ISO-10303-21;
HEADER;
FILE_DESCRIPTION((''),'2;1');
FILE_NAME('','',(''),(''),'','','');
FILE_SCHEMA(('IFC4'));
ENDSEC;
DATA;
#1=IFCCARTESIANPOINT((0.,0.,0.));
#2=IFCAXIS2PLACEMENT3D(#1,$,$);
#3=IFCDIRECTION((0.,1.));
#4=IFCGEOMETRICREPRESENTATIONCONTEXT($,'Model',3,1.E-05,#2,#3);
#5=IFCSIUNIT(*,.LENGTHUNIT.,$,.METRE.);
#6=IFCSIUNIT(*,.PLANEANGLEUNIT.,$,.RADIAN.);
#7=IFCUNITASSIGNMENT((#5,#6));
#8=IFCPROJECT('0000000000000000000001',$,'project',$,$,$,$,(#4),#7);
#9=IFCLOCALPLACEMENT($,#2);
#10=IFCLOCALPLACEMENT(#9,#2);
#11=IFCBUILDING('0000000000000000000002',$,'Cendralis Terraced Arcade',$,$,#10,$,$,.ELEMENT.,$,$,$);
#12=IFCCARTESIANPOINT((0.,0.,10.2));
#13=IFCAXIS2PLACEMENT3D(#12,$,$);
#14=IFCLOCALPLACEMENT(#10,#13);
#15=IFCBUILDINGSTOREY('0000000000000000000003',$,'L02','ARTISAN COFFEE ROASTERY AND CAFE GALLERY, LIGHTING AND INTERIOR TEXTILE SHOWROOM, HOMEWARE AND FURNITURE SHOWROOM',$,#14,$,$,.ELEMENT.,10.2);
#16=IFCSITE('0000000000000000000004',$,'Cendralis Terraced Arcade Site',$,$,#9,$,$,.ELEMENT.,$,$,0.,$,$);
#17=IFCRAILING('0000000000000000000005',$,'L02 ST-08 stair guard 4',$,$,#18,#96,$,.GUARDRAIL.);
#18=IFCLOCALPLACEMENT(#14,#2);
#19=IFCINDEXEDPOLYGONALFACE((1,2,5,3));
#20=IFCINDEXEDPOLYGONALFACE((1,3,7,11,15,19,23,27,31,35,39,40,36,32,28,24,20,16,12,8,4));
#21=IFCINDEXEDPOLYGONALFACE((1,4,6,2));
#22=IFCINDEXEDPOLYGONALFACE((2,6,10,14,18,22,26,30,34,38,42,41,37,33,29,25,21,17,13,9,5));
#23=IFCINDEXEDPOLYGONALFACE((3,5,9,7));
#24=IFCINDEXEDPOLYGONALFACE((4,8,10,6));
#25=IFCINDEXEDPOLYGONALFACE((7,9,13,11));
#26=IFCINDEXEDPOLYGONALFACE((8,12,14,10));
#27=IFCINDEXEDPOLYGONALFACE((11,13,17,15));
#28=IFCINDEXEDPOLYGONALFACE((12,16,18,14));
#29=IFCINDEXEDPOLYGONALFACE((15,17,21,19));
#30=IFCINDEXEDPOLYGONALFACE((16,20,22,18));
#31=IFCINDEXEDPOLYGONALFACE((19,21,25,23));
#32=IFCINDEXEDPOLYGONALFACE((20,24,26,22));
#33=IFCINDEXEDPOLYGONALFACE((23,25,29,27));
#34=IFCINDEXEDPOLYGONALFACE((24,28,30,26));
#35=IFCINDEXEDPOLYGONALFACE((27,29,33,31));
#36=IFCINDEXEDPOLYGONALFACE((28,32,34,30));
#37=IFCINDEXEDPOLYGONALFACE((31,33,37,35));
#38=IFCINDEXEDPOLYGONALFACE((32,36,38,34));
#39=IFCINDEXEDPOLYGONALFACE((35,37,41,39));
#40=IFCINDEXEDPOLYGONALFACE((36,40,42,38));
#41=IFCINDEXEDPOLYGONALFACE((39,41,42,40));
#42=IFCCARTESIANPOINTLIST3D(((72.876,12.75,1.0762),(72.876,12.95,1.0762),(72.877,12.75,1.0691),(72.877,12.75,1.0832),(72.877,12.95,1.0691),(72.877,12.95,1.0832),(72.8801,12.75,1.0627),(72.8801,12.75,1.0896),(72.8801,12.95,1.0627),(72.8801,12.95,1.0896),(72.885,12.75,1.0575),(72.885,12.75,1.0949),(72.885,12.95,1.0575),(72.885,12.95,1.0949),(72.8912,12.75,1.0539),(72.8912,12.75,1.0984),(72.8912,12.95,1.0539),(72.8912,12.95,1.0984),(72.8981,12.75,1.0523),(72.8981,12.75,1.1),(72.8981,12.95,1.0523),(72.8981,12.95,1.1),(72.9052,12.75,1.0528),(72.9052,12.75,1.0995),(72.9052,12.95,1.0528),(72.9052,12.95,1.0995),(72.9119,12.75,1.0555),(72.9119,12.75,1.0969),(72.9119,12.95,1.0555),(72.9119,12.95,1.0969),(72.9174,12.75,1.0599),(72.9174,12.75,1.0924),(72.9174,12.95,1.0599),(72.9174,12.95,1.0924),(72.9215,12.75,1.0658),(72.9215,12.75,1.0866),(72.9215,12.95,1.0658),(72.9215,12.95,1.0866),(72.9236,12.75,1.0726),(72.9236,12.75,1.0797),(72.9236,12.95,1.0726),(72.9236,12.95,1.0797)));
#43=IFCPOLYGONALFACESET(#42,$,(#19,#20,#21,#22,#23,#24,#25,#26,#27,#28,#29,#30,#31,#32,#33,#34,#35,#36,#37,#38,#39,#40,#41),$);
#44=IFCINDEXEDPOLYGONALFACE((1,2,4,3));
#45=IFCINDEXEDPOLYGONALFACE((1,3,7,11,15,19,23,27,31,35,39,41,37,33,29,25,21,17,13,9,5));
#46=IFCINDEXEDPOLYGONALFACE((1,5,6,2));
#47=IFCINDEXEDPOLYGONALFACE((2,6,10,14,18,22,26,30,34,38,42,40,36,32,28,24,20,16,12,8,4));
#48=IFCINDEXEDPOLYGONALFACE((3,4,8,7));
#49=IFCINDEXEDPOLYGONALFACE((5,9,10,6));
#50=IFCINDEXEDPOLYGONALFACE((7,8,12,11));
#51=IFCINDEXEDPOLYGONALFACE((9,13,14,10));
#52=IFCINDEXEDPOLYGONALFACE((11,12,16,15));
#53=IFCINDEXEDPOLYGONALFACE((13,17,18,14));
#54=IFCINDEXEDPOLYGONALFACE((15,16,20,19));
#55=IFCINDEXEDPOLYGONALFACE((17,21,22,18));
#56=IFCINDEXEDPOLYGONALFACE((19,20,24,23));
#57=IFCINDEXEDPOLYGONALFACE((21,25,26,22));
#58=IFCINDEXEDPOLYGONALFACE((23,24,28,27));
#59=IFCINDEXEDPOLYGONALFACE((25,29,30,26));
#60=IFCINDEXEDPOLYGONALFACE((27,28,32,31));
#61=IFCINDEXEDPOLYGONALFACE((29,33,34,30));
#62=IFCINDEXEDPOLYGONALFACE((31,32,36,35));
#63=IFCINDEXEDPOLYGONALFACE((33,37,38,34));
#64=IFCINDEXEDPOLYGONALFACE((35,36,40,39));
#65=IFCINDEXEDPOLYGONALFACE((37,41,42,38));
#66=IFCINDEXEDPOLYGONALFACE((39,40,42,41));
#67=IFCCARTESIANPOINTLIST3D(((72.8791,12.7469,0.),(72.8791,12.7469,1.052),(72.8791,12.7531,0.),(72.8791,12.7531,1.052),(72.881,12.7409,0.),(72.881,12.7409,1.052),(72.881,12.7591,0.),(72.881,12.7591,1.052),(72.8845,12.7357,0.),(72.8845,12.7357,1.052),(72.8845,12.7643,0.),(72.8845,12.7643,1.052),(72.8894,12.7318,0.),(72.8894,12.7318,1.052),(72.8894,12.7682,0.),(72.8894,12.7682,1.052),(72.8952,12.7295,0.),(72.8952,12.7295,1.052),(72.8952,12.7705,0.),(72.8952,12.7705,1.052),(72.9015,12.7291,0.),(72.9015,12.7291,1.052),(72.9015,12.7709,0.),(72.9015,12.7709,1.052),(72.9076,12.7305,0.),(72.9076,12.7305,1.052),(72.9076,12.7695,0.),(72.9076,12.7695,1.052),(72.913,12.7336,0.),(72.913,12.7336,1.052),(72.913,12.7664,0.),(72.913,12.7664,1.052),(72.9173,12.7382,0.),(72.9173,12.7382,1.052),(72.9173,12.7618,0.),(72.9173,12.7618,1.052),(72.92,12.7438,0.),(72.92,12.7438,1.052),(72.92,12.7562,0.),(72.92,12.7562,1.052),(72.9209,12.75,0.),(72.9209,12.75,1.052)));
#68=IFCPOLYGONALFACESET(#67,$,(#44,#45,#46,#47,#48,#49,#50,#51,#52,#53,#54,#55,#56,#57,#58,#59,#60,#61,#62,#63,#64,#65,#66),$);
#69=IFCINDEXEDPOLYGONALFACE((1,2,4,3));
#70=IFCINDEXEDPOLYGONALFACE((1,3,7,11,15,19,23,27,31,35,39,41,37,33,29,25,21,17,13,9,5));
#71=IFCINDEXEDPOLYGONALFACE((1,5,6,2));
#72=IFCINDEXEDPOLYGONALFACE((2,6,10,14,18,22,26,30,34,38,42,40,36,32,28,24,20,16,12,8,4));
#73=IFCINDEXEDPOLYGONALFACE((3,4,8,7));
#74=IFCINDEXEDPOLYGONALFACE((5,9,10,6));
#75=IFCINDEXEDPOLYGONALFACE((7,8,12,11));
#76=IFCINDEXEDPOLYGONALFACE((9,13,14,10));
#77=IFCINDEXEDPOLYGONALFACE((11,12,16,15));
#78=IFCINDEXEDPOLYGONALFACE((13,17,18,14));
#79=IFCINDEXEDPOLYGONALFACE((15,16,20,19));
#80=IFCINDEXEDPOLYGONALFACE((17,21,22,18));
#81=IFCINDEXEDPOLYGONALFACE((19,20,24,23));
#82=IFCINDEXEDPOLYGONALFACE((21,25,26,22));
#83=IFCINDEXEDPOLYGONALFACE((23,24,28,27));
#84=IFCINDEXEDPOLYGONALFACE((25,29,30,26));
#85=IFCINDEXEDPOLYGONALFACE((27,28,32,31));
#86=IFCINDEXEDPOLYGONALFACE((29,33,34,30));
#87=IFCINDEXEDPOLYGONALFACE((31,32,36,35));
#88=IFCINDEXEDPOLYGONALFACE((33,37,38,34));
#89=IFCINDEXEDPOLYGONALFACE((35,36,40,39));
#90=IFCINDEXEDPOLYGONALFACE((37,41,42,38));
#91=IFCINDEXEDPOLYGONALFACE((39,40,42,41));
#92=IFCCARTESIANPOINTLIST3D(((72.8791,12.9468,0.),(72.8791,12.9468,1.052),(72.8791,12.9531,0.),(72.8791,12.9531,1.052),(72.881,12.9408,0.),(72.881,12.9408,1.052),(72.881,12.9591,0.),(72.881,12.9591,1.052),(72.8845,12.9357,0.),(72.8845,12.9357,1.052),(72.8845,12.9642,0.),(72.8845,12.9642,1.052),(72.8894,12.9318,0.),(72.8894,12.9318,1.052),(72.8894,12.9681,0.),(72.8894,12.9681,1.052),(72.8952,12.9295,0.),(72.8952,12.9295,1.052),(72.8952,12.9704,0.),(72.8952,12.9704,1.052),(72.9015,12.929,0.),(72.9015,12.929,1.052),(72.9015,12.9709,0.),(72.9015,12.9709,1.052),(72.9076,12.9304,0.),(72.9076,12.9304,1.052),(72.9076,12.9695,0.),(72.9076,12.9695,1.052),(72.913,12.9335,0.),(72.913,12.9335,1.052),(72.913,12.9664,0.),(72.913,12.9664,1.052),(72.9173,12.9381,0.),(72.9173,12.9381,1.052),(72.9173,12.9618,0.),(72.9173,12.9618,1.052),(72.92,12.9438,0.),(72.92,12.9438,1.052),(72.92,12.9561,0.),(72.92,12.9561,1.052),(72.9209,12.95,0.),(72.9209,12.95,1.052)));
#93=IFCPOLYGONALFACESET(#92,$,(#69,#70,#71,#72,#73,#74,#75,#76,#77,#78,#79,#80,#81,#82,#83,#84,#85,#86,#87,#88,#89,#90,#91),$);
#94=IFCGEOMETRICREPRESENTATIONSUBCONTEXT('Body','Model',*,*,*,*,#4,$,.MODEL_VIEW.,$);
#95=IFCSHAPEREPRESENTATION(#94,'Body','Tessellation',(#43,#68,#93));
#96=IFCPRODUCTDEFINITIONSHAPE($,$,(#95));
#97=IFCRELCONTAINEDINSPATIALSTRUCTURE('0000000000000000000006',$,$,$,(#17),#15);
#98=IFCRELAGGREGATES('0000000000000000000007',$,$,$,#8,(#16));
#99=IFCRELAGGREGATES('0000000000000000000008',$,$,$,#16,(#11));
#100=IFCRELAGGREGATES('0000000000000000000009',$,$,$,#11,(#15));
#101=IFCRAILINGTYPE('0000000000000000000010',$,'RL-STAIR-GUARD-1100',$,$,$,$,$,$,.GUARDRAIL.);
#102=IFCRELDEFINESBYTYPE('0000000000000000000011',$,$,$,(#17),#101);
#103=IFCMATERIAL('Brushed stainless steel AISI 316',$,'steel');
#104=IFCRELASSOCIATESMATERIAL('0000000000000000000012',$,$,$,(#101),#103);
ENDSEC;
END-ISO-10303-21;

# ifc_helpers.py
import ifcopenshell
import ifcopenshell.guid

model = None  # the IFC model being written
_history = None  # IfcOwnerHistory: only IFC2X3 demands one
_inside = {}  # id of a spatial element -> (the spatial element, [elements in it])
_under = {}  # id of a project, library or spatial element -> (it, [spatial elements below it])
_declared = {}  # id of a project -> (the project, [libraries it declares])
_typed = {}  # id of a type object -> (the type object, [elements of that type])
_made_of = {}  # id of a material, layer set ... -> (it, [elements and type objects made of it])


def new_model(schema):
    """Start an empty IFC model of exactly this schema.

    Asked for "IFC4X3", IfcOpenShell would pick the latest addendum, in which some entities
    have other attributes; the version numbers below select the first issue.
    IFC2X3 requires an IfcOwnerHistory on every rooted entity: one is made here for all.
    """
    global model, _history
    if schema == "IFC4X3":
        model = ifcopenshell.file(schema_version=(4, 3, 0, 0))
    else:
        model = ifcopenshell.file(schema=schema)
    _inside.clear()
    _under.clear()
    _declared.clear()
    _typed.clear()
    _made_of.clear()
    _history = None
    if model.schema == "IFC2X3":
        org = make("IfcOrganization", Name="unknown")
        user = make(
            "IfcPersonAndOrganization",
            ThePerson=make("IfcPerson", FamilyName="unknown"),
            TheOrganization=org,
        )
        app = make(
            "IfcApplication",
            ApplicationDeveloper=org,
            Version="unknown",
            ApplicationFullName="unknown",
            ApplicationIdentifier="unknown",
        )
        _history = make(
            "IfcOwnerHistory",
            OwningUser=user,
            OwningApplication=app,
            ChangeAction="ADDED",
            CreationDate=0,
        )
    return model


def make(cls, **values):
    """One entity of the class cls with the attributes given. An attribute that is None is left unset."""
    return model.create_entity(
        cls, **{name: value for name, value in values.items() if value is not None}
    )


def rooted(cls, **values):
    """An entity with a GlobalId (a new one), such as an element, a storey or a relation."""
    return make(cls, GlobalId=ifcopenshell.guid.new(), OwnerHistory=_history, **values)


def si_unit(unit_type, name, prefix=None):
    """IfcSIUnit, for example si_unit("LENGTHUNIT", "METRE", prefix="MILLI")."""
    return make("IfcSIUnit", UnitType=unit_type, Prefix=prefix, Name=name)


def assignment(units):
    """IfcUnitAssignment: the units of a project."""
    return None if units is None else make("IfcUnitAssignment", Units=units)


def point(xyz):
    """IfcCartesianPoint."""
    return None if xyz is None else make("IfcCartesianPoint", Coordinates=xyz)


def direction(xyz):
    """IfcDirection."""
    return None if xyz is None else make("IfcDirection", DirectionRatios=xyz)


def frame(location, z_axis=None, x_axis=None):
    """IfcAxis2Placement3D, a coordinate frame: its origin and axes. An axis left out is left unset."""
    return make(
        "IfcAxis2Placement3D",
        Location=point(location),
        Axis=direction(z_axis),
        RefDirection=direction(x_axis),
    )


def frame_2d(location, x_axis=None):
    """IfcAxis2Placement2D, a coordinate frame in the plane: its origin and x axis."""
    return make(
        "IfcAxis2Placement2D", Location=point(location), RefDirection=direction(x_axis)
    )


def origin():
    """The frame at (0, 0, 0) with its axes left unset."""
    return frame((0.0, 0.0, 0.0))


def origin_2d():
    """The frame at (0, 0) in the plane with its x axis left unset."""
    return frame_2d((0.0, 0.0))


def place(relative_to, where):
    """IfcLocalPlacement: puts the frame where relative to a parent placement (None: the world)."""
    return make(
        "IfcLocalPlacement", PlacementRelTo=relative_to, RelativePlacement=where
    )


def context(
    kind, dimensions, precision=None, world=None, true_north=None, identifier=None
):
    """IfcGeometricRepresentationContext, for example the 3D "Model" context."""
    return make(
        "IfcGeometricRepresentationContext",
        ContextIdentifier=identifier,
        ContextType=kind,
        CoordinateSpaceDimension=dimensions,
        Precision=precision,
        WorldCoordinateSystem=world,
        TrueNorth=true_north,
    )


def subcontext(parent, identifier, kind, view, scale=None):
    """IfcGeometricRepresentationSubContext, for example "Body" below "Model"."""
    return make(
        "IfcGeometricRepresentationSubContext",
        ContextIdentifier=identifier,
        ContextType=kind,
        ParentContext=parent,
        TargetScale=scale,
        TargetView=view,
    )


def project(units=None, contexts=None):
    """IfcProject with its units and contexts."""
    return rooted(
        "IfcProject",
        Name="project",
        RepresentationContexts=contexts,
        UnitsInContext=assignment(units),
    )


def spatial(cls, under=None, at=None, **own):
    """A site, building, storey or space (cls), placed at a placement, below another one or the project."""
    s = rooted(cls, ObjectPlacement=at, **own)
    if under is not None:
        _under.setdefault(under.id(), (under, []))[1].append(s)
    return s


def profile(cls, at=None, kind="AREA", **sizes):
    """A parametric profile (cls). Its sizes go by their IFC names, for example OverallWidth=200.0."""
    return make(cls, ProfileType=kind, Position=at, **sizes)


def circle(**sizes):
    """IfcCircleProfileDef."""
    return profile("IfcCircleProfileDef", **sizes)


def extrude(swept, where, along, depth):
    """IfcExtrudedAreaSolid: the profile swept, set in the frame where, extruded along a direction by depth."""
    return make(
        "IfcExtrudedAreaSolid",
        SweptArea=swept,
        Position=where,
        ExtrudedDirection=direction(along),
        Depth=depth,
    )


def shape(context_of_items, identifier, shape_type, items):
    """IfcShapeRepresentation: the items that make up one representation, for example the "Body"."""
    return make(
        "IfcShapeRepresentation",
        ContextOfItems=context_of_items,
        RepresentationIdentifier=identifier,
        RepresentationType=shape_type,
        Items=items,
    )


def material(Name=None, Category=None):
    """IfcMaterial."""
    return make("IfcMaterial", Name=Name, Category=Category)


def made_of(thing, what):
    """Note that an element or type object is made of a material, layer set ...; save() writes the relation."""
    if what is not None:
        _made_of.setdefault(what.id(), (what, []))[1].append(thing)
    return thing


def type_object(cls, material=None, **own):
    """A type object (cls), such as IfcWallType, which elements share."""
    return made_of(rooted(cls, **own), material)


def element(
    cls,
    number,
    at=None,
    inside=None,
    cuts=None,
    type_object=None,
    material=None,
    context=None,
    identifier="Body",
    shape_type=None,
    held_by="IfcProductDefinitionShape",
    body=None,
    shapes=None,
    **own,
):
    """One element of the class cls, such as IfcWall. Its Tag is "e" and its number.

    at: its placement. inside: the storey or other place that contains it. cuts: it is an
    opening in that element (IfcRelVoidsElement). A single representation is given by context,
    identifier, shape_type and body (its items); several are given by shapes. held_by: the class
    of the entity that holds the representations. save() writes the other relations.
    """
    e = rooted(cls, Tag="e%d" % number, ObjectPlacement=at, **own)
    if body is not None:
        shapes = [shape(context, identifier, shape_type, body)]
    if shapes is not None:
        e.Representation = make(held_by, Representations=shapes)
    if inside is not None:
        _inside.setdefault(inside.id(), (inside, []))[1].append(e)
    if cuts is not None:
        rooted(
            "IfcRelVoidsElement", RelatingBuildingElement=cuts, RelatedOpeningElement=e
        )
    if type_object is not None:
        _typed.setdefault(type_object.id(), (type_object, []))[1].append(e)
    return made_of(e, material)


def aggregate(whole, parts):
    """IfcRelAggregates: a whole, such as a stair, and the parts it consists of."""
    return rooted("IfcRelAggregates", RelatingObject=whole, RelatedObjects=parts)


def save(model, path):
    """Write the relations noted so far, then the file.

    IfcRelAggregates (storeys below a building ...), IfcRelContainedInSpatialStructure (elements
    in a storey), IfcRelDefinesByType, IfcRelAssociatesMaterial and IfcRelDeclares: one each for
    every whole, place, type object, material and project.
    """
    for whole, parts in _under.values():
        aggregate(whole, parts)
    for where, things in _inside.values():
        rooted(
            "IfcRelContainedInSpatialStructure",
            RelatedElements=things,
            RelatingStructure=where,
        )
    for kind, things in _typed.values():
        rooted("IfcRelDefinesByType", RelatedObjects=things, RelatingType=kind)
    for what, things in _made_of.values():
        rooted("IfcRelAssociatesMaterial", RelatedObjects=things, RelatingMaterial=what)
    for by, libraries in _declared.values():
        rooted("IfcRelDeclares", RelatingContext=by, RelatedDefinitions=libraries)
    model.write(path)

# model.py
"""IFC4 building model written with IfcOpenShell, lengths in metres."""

from ifc_helpers import new_model, si_unit, direction, frame, origin, origin_2d, place, context, subcontext, project, spatial, circle, extrude, material, type_object, element, save


model = new_model("IFC4")

# Units and contexts
model_context = context("Model", 3, precision=1e-05, world=origin(), true_north=direction((0.0, 1.0)))
body_context = subcontext(model_context, "Body", "Model", "MODEL_VIEW")
ifc_project = project(units=[si_unit("LENGTHUNIT", "METRE"), si_unit("PLANEANGLEUNIT", "RADIAN")], contexts=[model_context])

# Site, building, storey
site_placement = place(None, origin())
site = spatial("IfcSite", under=ifc_project, at=site_placement, Name="Cendralis Terraced Arcade Site", CompositionType="ELEMENT", RefElevation=0.0)
building_placement = place(site_placement, origin())
building = spatial("IfcBuilding", under=site, at=building_placement, Name="Cendralis Terraced Arcade", CompositionType="ELEMENT")
storey_placement = place(building_placement, frame((0.0, 0.0, 10.2)))
storey = spatial("IfcBuildingStorey", under=building, at=storey_placement, Name="L02", Description="ARTISAN COFFEE ROASTERY AND CAFE GALLERY, LIGHTING AND INTERIOR TEXTILE SHOWROOM, HOMEWARE AND FURNITURE SHOWROOM", CompositionType="ELEMENT", Elevation=10.2)

# Railing
ifc_material_1 = material(Name="Brushed stainless steel AISI 316", Category="steel")
railing_type_1 = type_object("IfcRailingType", Name="RL-STAIR-GUARD-1100", PredefinedType="GUARDRAIL", material=ifc_material_1)
railing_1_placement = place(storey_placement, frame((72.8999, 12.75, 0.0)))
element("IfcRailing", 1, at=railing_1_placement, inside=storey, type_object=railing_type_1, Name="L02 ST-08 stair guard 4", PredefinedType="GUARDRAIL", context=body_context, shape_type="SweptSolid", body=[
    extrude(circle(Radius=0.0239, at=origin_2d()), frame((0.0, 0.0, 1.0762), z_axis=(0.0, 1.0, 0.0), x_axis=(-1.0, 0.0, 0.0)), (0.0, 0.0, 1.0), 0.2),
    extrude(circle(Radius=0.021, at=origin_2d()), origin(), (0.0, 0.0, 1.0), 1.052),
    extrude(circle(Radius=0.021, at=origin_2d()), frame((0.0, 0.2, 0.0)), (0.0, 0.0, 1.0), 1.052),
])

save(model, "model.ifc")
